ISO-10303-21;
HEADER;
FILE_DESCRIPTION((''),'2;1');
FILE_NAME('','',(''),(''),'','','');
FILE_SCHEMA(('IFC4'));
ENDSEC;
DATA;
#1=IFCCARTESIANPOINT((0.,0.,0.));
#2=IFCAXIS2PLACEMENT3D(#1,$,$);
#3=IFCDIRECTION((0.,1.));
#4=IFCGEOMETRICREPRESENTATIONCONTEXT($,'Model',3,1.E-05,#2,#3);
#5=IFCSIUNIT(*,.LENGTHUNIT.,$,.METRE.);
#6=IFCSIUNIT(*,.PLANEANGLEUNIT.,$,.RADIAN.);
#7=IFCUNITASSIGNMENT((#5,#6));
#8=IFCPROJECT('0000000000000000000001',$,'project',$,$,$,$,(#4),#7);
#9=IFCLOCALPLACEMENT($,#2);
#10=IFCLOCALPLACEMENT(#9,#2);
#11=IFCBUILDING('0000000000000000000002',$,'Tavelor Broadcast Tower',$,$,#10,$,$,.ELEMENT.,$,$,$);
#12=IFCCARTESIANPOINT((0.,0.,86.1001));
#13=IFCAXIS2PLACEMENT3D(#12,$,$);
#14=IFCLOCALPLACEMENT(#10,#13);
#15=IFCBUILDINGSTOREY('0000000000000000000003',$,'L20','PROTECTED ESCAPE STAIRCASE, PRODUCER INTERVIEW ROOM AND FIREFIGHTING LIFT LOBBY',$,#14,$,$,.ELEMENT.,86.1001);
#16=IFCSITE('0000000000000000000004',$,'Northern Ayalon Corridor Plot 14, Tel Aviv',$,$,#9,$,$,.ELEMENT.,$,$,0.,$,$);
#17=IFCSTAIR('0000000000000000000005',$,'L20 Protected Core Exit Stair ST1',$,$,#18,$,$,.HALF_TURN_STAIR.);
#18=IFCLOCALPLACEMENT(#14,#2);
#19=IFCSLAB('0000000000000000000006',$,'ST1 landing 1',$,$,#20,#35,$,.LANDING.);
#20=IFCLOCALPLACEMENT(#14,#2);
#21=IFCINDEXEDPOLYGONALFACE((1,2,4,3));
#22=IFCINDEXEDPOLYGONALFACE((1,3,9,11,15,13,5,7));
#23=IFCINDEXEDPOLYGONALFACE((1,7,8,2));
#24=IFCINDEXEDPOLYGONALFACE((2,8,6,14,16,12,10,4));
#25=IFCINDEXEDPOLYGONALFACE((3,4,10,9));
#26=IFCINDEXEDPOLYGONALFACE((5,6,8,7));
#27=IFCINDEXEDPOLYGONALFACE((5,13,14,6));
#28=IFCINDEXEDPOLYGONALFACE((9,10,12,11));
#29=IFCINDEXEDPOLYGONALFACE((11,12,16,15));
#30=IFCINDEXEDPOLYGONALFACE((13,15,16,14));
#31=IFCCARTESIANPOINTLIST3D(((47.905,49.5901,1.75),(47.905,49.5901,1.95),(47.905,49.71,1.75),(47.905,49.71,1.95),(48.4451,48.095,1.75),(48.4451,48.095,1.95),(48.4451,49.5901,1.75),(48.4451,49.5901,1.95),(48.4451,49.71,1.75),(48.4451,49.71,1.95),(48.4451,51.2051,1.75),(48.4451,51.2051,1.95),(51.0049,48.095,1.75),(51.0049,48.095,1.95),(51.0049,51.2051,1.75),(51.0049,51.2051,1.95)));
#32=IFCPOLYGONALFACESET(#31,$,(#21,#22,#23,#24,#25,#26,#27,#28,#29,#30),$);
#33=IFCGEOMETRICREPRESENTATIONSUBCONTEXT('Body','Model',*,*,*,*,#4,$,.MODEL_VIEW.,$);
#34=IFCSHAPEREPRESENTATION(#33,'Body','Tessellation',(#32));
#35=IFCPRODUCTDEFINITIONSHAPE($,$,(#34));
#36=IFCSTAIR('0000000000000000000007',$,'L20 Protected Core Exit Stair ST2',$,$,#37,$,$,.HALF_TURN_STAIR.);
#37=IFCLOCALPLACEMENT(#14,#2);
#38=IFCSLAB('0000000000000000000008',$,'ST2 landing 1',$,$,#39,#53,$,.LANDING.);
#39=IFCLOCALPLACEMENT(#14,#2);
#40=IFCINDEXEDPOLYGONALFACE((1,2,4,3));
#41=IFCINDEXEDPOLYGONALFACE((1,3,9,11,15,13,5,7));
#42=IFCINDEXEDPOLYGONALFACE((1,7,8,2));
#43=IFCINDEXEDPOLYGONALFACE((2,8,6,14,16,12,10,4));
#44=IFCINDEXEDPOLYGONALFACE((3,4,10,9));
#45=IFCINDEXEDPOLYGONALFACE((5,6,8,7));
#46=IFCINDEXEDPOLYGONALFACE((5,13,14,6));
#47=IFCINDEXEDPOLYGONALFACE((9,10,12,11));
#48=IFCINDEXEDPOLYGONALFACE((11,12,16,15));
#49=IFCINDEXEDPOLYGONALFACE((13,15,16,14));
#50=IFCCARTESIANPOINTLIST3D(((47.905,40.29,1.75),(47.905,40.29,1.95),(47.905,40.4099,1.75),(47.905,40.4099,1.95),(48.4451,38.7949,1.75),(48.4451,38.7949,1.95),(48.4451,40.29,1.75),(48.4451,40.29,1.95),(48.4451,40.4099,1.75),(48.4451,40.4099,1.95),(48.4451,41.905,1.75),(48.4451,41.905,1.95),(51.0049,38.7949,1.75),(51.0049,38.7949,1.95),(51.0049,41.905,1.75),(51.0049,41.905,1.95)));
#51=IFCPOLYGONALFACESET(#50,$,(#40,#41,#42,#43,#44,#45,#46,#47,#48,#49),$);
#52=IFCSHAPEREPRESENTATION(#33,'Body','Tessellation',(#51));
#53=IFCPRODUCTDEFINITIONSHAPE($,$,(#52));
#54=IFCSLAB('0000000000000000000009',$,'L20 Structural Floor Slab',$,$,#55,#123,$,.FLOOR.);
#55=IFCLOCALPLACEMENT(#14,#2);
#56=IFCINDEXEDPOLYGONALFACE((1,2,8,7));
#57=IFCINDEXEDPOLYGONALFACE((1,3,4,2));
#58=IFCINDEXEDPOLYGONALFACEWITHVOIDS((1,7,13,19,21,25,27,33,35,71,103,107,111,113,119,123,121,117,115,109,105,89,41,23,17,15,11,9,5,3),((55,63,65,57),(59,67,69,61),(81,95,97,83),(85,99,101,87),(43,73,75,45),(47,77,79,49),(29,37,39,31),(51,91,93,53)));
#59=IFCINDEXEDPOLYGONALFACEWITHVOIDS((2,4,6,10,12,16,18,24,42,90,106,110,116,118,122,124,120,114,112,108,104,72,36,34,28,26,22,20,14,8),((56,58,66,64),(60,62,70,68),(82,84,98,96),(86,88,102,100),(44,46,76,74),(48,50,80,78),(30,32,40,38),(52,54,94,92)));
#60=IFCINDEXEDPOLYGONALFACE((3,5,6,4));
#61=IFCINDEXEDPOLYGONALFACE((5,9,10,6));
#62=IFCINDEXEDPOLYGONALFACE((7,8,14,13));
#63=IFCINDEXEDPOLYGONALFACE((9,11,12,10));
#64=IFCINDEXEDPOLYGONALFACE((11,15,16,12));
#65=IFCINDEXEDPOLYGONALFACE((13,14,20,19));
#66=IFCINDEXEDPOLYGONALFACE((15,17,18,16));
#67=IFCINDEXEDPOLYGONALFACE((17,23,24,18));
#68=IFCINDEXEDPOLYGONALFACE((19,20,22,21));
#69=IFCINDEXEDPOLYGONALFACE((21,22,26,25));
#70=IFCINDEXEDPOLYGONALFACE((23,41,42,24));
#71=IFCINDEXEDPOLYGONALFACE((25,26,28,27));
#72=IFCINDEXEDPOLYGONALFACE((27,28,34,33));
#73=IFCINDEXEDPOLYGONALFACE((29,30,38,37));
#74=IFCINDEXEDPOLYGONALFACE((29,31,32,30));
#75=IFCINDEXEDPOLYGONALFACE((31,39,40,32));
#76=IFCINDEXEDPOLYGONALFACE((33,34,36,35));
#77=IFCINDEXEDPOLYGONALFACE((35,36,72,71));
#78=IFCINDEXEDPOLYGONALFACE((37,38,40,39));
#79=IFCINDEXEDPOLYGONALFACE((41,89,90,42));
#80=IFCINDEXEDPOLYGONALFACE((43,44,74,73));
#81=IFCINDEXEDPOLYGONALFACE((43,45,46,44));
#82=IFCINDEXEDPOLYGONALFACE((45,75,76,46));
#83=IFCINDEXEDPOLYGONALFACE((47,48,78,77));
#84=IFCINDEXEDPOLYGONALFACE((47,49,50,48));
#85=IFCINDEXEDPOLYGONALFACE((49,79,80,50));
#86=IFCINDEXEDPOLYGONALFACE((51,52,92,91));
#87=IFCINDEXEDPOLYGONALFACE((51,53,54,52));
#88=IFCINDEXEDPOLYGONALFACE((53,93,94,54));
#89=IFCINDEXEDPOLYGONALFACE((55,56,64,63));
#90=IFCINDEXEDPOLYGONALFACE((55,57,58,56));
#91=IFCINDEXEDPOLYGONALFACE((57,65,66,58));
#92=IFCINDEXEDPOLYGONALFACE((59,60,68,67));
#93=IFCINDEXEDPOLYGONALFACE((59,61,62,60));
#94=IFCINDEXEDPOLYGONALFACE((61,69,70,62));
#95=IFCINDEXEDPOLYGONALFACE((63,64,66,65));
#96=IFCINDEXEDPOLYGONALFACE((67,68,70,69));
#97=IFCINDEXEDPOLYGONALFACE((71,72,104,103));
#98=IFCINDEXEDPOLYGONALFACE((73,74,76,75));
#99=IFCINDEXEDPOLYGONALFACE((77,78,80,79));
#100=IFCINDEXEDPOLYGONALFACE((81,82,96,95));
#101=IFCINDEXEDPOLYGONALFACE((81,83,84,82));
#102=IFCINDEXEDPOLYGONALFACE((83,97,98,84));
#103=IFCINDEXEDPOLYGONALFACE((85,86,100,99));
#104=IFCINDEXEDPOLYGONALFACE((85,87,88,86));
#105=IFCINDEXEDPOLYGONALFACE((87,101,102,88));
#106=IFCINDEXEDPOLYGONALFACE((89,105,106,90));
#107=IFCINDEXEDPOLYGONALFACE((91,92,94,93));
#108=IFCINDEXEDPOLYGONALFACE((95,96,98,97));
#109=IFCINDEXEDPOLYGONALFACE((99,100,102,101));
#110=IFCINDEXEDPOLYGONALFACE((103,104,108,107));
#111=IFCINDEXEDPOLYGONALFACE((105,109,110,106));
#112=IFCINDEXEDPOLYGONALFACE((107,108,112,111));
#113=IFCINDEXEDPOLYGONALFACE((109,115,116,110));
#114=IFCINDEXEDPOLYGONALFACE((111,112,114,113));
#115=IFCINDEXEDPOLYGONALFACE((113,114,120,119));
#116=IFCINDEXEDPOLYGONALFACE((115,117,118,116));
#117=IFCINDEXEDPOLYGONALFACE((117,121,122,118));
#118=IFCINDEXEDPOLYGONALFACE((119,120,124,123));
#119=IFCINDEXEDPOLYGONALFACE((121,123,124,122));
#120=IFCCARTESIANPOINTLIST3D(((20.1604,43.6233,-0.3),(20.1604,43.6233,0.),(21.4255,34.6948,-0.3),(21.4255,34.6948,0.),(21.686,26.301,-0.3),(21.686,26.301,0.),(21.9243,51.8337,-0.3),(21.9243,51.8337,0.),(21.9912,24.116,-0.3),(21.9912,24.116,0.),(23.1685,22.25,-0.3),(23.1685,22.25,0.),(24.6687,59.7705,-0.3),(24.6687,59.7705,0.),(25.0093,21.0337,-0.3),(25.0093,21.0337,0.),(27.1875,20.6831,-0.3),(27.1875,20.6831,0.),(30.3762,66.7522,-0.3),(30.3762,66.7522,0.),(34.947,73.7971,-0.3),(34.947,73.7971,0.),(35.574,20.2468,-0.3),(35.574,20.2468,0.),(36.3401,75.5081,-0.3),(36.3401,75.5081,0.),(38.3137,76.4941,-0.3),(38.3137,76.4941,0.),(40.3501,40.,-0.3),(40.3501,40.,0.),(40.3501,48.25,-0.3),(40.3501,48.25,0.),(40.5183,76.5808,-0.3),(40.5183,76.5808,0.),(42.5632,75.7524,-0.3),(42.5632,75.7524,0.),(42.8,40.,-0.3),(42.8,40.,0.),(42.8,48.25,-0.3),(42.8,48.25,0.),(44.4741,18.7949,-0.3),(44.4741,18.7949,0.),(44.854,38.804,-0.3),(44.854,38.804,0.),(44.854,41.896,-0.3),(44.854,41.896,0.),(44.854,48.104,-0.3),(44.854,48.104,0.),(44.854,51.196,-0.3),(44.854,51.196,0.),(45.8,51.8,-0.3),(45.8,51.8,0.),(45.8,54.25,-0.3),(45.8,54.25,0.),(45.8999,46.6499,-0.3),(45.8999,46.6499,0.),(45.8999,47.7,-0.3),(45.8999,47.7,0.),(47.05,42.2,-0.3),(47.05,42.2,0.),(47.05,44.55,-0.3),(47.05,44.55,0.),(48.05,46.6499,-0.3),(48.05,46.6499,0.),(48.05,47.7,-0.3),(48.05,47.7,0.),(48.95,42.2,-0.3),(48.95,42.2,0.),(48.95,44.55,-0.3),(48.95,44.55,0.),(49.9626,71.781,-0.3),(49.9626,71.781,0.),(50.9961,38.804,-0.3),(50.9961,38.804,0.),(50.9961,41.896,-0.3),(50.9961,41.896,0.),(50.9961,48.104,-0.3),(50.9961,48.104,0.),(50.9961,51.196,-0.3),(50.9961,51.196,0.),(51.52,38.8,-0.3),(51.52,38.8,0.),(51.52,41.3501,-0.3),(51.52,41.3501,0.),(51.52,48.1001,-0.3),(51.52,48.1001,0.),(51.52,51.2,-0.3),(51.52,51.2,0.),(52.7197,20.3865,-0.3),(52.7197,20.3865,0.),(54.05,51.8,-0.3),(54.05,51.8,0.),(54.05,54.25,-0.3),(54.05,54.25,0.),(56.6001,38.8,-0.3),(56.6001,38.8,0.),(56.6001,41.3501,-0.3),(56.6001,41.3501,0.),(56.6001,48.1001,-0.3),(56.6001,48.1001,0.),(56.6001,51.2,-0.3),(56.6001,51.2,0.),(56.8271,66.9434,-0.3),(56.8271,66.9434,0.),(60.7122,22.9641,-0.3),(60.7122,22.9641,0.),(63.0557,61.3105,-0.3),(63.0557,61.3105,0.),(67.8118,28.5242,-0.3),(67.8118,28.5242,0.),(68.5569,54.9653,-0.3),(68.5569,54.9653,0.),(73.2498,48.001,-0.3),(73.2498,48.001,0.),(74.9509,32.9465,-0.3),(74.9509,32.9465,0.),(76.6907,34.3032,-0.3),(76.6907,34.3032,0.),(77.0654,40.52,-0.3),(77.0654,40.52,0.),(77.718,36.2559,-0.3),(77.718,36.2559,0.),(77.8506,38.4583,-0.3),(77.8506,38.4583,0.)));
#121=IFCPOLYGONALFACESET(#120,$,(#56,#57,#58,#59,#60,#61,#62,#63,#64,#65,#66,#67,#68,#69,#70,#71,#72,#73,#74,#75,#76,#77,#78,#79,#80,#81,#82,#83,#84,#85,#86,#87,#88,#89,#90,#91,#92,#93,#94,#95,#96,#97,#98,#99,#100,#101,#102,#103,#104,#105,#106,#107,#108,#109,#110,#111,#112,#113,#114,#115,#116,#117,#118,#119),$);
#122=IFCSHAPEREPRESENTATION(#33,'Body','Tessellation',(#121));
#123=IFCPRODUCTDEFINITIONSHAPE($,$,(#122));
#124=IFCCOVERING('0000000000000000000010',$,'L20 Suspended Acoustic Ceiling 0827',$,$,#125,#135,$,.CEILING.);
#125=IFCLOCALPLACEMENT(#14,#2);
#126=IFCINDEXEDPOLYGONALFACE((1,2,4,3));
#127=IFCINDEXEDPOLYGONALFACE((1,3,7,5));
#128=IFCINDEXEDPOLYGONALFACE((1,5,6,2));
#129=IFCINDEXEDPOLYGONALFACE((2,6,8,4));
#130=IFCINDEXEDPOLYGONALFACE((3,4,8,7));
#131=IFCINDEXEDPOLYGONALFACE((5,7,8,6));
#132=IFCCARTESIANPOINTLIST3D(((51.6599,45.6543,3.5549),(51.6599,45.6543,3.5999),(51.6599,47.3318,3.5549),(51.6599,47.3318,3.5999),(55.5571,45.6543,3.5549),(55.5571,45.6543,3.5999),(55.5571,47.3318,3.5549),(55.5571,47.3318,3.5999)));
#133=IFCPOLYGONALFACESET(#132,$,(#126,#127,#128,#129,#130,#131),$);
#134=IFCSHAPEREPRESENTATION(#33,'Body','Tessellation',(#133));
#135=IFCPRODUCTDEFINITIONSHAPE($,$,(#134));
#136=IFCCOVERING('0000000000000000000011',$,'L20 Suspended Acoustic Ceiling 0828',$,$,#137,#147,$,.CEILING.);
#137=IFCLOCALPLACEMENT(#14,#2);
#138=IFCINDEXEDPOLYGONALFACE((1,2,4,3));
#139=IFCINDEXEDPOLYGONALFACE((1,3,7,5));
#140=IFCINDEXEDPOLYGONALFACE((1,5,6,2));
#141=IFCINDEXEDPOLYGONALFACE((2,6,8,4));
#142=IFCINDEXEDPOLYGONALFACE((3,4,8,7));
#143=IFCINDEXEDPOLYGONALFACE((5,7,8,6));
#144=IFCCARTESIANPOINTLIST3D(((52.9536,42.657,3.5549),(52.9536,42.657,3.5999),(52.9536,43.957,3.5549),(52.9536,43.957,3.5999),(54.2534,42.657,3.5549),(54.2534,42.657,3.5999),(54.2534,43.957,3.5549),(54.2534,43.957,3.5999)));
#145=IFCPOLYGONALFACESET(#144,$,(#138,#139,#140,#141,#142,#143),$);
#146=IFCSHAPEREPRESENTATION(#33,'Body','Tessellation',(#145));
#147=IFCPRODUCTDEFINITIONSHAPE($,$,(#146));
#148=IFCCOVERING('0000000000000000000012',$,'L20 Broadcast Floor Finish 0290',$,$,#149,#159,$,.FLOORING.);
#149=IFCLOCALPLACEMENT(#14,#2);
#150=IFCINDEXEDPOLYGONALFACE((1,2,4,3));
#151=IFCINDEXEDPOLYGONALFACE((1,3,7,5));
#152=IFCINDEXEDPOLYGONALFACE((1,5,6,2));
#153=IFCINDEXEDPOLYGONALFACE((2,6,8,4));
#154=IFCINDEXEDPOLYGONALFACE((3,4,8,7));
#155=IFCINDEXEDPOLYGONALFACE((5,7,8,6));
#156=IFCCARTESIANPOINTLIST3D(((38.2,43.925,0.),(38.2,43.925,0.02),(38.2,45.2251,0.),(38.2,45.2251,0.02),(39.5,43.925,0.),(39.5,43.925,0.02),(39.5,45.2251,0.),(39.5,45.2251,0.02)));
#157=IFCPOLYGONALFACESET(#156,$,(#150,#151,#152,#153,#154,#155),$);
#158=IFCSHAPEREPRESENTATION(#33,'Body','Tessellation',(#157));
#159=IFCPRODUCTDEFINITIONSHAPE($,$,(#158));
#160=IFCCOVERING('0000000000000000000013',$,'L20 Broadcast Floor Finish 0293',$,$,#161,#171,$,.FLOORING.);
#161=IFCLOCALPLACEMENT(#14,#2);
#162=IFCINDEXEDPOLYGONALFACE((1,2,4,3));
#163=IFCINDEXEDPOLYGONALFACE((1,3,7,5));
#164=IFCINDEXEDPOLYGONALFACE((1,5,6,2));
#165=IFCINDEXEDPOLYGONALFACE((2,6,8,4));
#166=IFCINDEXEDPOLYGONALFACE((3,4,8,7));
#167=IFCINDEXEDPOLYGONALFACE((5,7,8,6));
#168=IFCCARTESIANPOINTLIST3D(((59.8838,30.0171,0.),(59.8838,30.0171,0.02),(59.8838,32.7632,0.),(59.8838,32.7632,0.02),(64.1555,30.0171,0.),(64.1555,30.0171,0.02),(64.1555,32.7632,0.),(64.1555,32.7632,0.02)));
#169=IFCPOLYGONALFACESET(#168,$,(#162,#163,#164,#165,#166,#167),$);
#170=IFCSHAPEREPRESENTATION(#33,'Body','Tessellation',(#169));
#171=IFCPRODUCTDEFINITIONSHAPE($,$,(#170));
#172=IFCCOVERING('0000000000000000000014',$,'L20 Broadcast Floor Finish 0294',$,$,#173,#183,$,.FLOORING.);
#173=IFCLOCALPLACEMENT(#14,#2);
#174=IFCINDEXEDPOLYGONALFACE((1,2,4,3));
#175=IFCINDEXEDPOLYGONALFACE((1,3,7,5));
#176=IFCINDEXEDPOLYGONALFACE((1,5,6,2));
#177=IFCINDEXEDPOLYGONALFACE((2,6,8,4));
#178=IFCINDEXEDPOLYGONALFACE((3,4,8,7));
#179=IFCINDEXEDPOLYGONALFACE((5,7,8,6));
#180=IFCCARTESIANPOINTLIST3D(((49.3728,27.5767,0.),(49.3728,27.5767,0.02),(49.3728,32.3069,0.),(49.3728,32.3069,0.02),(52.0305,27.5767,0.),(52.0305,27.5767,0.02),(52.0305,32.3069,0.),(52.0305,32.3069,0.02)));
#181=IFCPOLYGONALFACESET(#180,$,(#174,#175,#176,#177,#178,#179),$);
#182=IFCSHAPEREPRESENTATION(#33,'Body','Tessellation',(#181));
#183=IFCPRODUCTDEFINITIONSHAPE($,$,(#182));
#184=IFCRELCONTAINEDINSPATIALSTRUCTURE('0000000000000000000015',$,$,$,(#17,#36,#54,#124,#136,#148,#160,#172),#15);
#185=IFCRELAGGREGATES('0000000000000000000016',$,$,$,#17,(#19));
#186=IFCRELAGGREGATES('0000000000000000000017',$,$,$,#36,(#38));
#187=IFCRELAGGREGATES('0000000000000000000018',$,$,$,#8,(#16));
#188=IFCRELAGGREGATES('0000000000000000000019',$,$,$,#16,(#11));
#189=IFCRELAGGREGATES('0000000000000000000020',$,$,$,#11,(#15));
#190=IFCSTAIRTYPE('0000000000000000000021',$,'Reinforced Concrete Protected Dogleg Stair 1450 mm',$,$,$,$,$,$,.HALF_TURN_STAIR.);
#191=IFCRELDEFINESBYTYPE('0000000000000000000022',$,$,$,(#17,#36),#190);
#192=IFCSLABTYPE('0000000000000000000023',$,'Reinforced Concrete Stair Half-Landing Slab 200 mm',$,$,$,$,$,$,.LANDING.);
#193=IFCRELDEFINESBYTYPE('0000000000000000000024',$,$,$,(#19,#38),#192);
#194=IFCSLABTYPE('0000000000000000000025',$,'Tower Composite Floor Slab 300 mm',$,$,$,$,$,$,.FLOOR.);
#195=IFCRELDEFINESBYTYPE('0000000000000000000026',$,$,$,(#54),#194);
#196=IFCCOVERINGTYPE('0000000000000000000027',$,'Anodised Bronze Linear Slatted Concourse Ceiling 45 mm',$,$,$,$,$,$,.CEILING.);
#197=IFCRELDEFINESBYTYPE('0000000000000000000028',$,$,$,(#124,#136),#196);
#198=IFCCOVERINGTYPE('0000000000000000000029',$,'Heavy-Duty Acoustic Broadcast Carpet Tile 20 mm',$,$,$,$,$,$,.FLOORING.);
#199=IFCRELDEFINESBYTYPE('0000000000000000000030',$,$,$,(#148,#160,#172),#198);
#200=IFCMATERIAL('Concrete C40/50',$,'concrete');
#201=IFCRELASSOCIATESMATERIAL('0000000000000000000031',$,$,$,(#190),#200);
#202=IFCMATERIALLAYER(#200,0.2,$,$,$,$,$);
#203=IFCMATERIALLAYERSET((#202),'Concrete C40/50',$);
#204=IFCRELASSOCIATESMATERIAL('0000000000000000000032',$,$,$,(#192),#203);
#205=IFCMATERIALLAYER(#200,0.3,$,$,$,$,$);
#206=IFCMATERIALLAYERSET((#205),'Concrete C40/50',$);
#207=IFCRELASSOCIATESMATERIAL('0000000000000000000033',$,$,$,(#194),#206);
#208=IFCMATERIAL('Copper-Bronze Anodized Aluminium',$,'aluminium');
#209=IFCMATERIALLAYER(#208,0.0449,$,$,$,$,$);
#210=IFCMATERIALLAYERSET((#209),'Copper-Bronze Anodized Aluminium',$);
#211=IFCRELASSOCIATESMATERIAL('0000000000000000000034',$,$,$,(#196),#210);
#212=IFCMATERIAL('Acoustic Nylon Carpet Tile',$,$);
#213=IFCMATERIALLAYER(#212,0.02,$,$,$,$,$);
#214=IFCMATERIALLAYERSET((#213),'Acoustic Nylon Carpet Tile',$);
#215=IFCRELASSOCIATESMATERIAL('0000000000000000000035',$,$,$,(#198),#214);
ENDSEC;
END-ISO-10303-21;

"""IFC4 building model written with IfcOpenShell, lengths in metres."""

from ifc_helpers import new_model, si_unit, direction, frame, origin, place, context, subcontext, project, spatial, polyline, outline, extrude, material, layer, layer_set, type_object, element, aggregate, save


model = new_model("IFC4")

# Units and contexts
model_context = context("Model", 3, precision=1e-05, world=origin(), true_north=direction((0.0, 1.0)))
body_context = subcontext(model_context, "Body", "Model", "MODEL_VIEW")
ifc_project = project(units=[si_unit("LENGTHUNIT", "METRE"), si_unit("PLANEANGLEUNIT", "RADIAN")], contexts=[model_context])

# Site, building, storey
site_placement = place(None, origin())
site = spatial("IfcSite", under=ifc_project, at=site_placement, Name="Northern Ayalon Corridor Plot 14, Tel Aviv", CompositionType="ELEMENT", RefElevation=0.0)
building_placement = place(site_placement, origin())
building = spatial("IfcBuilding", under=site, at=building_placement, Name="Tavelor Broadcast Tower", CompositionType="ELEMENT")
storey_placement = place(building_placement, frame((0.0, 0.0, 86.1001)))
storey = spatial("IfcBuildingStorey", under=building, at=storey_placement, Name="L20", Description="PROTECTED ESCAPE STAIRCASE, PRODUCER INTERVIEW ROOM AND FIREFIGHTING LIFT LOBBY", CompositionType="ELEMENT", Elevation=86.1001)

# Stairs, slabs
ifc_material_1 = material(Name="Concrete C40/50", Category="concrete")
stair_type = type_object("IfcStairType", Name="Reinforced Concrete Protected Dogleg Stair 1450 mm", PredefinedType="HALF_TURN_STAIR", material=ifc_material_1)
stair_1_placement = place(storey_placement, origin())
stair_1 = element("IfcStair", 1, at=stair_1_placement, inside=storey, type_object=stair_type, Name="L20 Protected Core Exit Stair ST1", PredefinedType="HALF_TURN_STAIR")
ifc_layer_1 = layer(ifc_material_1, 0.2)
ifc_layer_set_1 = layer_set([ifc_layer_1], Name="Concrete C40/50")
slab_type_1 = type_object("IfcSlabType", Name="Reinforced Concrete Stair Half-Landing Slab 200 mm", PredefinedType="LANDING", material=ifc_layer_set_1)
slab_1_placement = place(storey_placement, frame((0.0, 0.0, 1.75)))
slab_1 = element("IfcSlab", 2, at=slab_1_placement, type_object=slab_type_1, Name="ST1 landing 1", PredefinedType="LANDING", context=body_context, shape_type="SweptSolid", body=[
    extrude(outline(polyline([(48.4451, 49.5901), (48.4451, 48.095), (51.0049, 48.095), (51.0049, 51.2051), (48.4451, 51.2051), (48.4451, 49.71), (47.905, 49.71), (47.905, 49.5901), (48.4451, 49.5901)])), origin(), (0.0, 0.0, 1.0), 0.2),
])
aggregate(stair_1, [slab_1])
stair_2_placement = place(storey_placement, origin())
stair_2 = element("IfcStair", 3, at=stair_2_placement, inside=storey, type_object=stair_type, Name="L20 Protected Core Exit Stair ST2", PredefinedType="HALF_TURN_STAIR")
slab_2_placement = place(storey_placement, frame((0.0, 0.0, 1.75)))
slab_2 = element("IfcSlab", 4, at=slab_2_placement, type_object=slab_type_1, Name="ST2 landing 1", PredefinedType="LANDING", context=body_context, shape_type="SweptSolid", body=[
    extrude(outline(polyline([(48.4451, 40.29), (48.4451, 38.7949), (51.0049, 38.7949), (51.0049, 41.905), (48.4451, 41.905), (48.4451, 40.4099), (47.905, 40.4099), (47.905, 40.29), (48.4451, 40.29)])), origin(), (0.0, 0.0, 1.0), 0.2),
])
aggregate(stair_2, [slab_2])

# Slab
ifc_layer_2 = layer(ifc_material_1, 0.3)
ifc_layer_set_2 = layer_set([ifc_layer_2], Name="Concrete C40/50")
slab_type_2 = type_object("IfcSlabType", Name="Tower Composite Floor Slab 300 mm", PredefinedType="FLOOR", material=ifc_layer_set_2)
slab_3_placement = place(storey_placement, frame((0.0, 0.0, -0.3)))
element("IfcSlab", 5, at=slab_3_placement, inside=storey, type_object=slab_type_2, Name="L20 Structural Floor Slab", PredefinedType="FLOOR", context=body_context, shape_type="SweptSolid", body=[
    extrude(outline(polyline([(42.5632, 75.7524), (40.5183, 76.5808), (38.3137, 76.4941), (36.3401, 75.5081), (34.947, 73.7971), (30.3762, 66.7522), (24.6687, 59.7705), (21.9243, 51.8337), (20.1604, 43.6233), (21.4255, 34.6948), (21.686, 26.301), (21.9912, 24.116), (23.1685, 22.25), (25.0093, 21.0337), (27.1875, 20.6831), (35.574, 20.2468), (44.4741, 18.7949), (52.7197, 20.3865), (60.7122, 22.9641), (67.8118, 28.5242), (74.9509, 32.9465), (76.6907, 34.3032), (77.718, 36.2559), (77.8506, 38.4583), (77.0654, 40.52), (73.2498, 48.001), (68.5569, 54.9653), (63.0557, 61.3105), (56.8271, 66.9434), (49.9626, 71.781), (42.5632, 75.7524)]), holes=[polyline([(56.6001, 38.8), (51.52, 38.8), (51.52, 41.3501), (56.6001, 41.3501), (56.6001, 38.8)]), polyline([(50.9961, 38.804), (44.854, 38.804), (44.854, 41.896), (50.9961, 41.896), (50.9961, 38.804)]), polyline([(47.05, 42.2), (47.05, 44.55), (48.95, 44.55), (48.95, 42.2), (47.05, 42.2)]), polyline([(40.3501, 40.0), (40.3501, 48.25), (42.8, 48.25), (42.8, 40.0), (40.3501, 40.0)]), polyline([(48.05, 46.6499), (45.8999, 46.6499), (45.8999, 47.7), (48.05, 47.7), (48.05, 46.6499)]), polyline([(50.9961, 48.104), (44.854, 48.104), (44.854, 51.196), (50.9961, 51.196), (50.9961, 48.104)]), polyline([(56.6001, 48.1001), (51.52, 48.1001), (51.52, 51.2), (56.6001, 51.2), (56.6001, 48.1001)]), polyline([(54.05, 51.8), (45.8, 51.8), (45.8, 54.25), (54.05, 54.25), (54.05, 51.8)])]), origin(), (0.0, 0.0, 1.0), 0.3),
])

# Coverings
ifc_material_2 = material(Name="Copper-Bronze Anodized Aluminium", Category="aluminium")
ifc_layer_3 = layer(ifc_material_2, 0.0449)
ifc_layer_set_3 = layer_set([ifc_layer_3], Name="Copper-Bronze Anodized Aluminium")
covering_type_1 = type_object("IfcCoveringType", Name="Anodised Bronze Linear Slatted Concourse Ceiling 45 mm", PredefinedType="CEILING", material=ifc_layer_set_3)
covering_1_placement = place(storey_placement, frame((0.0, 0.0, 3.5549)))
element("IfcCovering", 6, at=covering_1_placement, inside=storey, type_object=covering_type_1, Name="L20 Suspended Acoustic Ceiling 0827", PredefinedType="CEILING", context=body_context, shape_type="SweptSolid", body=[
    extrude(outline(polyline([(51.6599, 45.6543), (55.5571, 45.6543), (55.5571, 47.3318), (51.6599, 47.3318), (51.6599, 45.6543)])), origin(), (0.0, 0.0, 1.0), 0.0449),
])
covering_2_placement = place(storey_placement, frame((0.0, 0.0, 3.5549)))
element("IfcCovering", 7, at=covering_2_placement, inside=storey, type_object=covering_type_1, Name="L20 Suspended Acoustic Ceiling 0828", PredefinedType="CEILING", context=body_context, shape_type="SweptSolid", body=[
    extrude(outline(polyline([(52.9536, 42.657), (54.2534, 42.657), (54.2534, 43.957), (52.9536, 43.957), (52.9536, 42.657)])), origin(), (0.0, 0.0, 1.0), 0.0449),
])
ifc_material_3 = material(Name="Acoustic Nylon Carpet Tile")
ifc_layer_4 = layer(ifc_material_3, 0.02)
ifc_layer_set_4 = layer_set([ifc_layer_4], Name="Acoustic Nylon Carpet Tile")
covering_type_2 = type_object("IfcCoveringType", Name="Heavy-Duty Acoustic Broadcast Carpet Tile 20 mm", PredefinedType="FLOORING", material=ifc_layer_set_4)
covering_3_placement = place(storey_placement, origin())
element("IfcCovering", 8, at=covering_3_placement, inside=storey, type_object=covering_type_2, Name="L20 Broadcast Floor Finish 0290", PredefinedType="FLOORING", context=body_context, shape_type="SweptSolid", body=[
    extrude(outline(polyline([(38.2, 43.925), (39.5, 43.925), (39.5, 45.2251), (38.2, 45.2251), (38.2, 43.925)])), origin(), (0.0, 0.0, 1.0), 0.02),
])
covering_4_placement = place(storey_placement, origin())
element("IfcCovering", 9, at=covering_4_placement, inside=storey, type_object=covering_type_2, Name="L20 Broadcast Floor Finish 0293", PredefinedType="FLOORING", context=body_context, shape_type="SweptSolid", body=[
    extrude(outline(polyline([(59.8838, 30.0171), (64.1555, 30.0171), (64.1555, 32.7632), (59.8838, 32.7632), (59.8838, 30.0171)])), origin(), (0.0, 0.0, 1.0), 0.02),
])
covering_5_placement = place(storey_placement, origin())
element("IfcCovering", 10, at=covering_5_placement, inside=storey, type_object=covering_type_2, Name="L20 Broadcast Floor Finish 0294", PredefinedType="FLOORING", context=body_context, shape_type="SweptSolid", body=[
    extrude(outline(polyline([(49.3728, 27.5767), (52.0305, 27.5767), (52.0305, 32.3069), (49.3728, 32.3069), (49.3728, 27.5767)])), origin(), (0.0, 0.0, 1.0), 0.02),
])

save(model, "model.ifc")
